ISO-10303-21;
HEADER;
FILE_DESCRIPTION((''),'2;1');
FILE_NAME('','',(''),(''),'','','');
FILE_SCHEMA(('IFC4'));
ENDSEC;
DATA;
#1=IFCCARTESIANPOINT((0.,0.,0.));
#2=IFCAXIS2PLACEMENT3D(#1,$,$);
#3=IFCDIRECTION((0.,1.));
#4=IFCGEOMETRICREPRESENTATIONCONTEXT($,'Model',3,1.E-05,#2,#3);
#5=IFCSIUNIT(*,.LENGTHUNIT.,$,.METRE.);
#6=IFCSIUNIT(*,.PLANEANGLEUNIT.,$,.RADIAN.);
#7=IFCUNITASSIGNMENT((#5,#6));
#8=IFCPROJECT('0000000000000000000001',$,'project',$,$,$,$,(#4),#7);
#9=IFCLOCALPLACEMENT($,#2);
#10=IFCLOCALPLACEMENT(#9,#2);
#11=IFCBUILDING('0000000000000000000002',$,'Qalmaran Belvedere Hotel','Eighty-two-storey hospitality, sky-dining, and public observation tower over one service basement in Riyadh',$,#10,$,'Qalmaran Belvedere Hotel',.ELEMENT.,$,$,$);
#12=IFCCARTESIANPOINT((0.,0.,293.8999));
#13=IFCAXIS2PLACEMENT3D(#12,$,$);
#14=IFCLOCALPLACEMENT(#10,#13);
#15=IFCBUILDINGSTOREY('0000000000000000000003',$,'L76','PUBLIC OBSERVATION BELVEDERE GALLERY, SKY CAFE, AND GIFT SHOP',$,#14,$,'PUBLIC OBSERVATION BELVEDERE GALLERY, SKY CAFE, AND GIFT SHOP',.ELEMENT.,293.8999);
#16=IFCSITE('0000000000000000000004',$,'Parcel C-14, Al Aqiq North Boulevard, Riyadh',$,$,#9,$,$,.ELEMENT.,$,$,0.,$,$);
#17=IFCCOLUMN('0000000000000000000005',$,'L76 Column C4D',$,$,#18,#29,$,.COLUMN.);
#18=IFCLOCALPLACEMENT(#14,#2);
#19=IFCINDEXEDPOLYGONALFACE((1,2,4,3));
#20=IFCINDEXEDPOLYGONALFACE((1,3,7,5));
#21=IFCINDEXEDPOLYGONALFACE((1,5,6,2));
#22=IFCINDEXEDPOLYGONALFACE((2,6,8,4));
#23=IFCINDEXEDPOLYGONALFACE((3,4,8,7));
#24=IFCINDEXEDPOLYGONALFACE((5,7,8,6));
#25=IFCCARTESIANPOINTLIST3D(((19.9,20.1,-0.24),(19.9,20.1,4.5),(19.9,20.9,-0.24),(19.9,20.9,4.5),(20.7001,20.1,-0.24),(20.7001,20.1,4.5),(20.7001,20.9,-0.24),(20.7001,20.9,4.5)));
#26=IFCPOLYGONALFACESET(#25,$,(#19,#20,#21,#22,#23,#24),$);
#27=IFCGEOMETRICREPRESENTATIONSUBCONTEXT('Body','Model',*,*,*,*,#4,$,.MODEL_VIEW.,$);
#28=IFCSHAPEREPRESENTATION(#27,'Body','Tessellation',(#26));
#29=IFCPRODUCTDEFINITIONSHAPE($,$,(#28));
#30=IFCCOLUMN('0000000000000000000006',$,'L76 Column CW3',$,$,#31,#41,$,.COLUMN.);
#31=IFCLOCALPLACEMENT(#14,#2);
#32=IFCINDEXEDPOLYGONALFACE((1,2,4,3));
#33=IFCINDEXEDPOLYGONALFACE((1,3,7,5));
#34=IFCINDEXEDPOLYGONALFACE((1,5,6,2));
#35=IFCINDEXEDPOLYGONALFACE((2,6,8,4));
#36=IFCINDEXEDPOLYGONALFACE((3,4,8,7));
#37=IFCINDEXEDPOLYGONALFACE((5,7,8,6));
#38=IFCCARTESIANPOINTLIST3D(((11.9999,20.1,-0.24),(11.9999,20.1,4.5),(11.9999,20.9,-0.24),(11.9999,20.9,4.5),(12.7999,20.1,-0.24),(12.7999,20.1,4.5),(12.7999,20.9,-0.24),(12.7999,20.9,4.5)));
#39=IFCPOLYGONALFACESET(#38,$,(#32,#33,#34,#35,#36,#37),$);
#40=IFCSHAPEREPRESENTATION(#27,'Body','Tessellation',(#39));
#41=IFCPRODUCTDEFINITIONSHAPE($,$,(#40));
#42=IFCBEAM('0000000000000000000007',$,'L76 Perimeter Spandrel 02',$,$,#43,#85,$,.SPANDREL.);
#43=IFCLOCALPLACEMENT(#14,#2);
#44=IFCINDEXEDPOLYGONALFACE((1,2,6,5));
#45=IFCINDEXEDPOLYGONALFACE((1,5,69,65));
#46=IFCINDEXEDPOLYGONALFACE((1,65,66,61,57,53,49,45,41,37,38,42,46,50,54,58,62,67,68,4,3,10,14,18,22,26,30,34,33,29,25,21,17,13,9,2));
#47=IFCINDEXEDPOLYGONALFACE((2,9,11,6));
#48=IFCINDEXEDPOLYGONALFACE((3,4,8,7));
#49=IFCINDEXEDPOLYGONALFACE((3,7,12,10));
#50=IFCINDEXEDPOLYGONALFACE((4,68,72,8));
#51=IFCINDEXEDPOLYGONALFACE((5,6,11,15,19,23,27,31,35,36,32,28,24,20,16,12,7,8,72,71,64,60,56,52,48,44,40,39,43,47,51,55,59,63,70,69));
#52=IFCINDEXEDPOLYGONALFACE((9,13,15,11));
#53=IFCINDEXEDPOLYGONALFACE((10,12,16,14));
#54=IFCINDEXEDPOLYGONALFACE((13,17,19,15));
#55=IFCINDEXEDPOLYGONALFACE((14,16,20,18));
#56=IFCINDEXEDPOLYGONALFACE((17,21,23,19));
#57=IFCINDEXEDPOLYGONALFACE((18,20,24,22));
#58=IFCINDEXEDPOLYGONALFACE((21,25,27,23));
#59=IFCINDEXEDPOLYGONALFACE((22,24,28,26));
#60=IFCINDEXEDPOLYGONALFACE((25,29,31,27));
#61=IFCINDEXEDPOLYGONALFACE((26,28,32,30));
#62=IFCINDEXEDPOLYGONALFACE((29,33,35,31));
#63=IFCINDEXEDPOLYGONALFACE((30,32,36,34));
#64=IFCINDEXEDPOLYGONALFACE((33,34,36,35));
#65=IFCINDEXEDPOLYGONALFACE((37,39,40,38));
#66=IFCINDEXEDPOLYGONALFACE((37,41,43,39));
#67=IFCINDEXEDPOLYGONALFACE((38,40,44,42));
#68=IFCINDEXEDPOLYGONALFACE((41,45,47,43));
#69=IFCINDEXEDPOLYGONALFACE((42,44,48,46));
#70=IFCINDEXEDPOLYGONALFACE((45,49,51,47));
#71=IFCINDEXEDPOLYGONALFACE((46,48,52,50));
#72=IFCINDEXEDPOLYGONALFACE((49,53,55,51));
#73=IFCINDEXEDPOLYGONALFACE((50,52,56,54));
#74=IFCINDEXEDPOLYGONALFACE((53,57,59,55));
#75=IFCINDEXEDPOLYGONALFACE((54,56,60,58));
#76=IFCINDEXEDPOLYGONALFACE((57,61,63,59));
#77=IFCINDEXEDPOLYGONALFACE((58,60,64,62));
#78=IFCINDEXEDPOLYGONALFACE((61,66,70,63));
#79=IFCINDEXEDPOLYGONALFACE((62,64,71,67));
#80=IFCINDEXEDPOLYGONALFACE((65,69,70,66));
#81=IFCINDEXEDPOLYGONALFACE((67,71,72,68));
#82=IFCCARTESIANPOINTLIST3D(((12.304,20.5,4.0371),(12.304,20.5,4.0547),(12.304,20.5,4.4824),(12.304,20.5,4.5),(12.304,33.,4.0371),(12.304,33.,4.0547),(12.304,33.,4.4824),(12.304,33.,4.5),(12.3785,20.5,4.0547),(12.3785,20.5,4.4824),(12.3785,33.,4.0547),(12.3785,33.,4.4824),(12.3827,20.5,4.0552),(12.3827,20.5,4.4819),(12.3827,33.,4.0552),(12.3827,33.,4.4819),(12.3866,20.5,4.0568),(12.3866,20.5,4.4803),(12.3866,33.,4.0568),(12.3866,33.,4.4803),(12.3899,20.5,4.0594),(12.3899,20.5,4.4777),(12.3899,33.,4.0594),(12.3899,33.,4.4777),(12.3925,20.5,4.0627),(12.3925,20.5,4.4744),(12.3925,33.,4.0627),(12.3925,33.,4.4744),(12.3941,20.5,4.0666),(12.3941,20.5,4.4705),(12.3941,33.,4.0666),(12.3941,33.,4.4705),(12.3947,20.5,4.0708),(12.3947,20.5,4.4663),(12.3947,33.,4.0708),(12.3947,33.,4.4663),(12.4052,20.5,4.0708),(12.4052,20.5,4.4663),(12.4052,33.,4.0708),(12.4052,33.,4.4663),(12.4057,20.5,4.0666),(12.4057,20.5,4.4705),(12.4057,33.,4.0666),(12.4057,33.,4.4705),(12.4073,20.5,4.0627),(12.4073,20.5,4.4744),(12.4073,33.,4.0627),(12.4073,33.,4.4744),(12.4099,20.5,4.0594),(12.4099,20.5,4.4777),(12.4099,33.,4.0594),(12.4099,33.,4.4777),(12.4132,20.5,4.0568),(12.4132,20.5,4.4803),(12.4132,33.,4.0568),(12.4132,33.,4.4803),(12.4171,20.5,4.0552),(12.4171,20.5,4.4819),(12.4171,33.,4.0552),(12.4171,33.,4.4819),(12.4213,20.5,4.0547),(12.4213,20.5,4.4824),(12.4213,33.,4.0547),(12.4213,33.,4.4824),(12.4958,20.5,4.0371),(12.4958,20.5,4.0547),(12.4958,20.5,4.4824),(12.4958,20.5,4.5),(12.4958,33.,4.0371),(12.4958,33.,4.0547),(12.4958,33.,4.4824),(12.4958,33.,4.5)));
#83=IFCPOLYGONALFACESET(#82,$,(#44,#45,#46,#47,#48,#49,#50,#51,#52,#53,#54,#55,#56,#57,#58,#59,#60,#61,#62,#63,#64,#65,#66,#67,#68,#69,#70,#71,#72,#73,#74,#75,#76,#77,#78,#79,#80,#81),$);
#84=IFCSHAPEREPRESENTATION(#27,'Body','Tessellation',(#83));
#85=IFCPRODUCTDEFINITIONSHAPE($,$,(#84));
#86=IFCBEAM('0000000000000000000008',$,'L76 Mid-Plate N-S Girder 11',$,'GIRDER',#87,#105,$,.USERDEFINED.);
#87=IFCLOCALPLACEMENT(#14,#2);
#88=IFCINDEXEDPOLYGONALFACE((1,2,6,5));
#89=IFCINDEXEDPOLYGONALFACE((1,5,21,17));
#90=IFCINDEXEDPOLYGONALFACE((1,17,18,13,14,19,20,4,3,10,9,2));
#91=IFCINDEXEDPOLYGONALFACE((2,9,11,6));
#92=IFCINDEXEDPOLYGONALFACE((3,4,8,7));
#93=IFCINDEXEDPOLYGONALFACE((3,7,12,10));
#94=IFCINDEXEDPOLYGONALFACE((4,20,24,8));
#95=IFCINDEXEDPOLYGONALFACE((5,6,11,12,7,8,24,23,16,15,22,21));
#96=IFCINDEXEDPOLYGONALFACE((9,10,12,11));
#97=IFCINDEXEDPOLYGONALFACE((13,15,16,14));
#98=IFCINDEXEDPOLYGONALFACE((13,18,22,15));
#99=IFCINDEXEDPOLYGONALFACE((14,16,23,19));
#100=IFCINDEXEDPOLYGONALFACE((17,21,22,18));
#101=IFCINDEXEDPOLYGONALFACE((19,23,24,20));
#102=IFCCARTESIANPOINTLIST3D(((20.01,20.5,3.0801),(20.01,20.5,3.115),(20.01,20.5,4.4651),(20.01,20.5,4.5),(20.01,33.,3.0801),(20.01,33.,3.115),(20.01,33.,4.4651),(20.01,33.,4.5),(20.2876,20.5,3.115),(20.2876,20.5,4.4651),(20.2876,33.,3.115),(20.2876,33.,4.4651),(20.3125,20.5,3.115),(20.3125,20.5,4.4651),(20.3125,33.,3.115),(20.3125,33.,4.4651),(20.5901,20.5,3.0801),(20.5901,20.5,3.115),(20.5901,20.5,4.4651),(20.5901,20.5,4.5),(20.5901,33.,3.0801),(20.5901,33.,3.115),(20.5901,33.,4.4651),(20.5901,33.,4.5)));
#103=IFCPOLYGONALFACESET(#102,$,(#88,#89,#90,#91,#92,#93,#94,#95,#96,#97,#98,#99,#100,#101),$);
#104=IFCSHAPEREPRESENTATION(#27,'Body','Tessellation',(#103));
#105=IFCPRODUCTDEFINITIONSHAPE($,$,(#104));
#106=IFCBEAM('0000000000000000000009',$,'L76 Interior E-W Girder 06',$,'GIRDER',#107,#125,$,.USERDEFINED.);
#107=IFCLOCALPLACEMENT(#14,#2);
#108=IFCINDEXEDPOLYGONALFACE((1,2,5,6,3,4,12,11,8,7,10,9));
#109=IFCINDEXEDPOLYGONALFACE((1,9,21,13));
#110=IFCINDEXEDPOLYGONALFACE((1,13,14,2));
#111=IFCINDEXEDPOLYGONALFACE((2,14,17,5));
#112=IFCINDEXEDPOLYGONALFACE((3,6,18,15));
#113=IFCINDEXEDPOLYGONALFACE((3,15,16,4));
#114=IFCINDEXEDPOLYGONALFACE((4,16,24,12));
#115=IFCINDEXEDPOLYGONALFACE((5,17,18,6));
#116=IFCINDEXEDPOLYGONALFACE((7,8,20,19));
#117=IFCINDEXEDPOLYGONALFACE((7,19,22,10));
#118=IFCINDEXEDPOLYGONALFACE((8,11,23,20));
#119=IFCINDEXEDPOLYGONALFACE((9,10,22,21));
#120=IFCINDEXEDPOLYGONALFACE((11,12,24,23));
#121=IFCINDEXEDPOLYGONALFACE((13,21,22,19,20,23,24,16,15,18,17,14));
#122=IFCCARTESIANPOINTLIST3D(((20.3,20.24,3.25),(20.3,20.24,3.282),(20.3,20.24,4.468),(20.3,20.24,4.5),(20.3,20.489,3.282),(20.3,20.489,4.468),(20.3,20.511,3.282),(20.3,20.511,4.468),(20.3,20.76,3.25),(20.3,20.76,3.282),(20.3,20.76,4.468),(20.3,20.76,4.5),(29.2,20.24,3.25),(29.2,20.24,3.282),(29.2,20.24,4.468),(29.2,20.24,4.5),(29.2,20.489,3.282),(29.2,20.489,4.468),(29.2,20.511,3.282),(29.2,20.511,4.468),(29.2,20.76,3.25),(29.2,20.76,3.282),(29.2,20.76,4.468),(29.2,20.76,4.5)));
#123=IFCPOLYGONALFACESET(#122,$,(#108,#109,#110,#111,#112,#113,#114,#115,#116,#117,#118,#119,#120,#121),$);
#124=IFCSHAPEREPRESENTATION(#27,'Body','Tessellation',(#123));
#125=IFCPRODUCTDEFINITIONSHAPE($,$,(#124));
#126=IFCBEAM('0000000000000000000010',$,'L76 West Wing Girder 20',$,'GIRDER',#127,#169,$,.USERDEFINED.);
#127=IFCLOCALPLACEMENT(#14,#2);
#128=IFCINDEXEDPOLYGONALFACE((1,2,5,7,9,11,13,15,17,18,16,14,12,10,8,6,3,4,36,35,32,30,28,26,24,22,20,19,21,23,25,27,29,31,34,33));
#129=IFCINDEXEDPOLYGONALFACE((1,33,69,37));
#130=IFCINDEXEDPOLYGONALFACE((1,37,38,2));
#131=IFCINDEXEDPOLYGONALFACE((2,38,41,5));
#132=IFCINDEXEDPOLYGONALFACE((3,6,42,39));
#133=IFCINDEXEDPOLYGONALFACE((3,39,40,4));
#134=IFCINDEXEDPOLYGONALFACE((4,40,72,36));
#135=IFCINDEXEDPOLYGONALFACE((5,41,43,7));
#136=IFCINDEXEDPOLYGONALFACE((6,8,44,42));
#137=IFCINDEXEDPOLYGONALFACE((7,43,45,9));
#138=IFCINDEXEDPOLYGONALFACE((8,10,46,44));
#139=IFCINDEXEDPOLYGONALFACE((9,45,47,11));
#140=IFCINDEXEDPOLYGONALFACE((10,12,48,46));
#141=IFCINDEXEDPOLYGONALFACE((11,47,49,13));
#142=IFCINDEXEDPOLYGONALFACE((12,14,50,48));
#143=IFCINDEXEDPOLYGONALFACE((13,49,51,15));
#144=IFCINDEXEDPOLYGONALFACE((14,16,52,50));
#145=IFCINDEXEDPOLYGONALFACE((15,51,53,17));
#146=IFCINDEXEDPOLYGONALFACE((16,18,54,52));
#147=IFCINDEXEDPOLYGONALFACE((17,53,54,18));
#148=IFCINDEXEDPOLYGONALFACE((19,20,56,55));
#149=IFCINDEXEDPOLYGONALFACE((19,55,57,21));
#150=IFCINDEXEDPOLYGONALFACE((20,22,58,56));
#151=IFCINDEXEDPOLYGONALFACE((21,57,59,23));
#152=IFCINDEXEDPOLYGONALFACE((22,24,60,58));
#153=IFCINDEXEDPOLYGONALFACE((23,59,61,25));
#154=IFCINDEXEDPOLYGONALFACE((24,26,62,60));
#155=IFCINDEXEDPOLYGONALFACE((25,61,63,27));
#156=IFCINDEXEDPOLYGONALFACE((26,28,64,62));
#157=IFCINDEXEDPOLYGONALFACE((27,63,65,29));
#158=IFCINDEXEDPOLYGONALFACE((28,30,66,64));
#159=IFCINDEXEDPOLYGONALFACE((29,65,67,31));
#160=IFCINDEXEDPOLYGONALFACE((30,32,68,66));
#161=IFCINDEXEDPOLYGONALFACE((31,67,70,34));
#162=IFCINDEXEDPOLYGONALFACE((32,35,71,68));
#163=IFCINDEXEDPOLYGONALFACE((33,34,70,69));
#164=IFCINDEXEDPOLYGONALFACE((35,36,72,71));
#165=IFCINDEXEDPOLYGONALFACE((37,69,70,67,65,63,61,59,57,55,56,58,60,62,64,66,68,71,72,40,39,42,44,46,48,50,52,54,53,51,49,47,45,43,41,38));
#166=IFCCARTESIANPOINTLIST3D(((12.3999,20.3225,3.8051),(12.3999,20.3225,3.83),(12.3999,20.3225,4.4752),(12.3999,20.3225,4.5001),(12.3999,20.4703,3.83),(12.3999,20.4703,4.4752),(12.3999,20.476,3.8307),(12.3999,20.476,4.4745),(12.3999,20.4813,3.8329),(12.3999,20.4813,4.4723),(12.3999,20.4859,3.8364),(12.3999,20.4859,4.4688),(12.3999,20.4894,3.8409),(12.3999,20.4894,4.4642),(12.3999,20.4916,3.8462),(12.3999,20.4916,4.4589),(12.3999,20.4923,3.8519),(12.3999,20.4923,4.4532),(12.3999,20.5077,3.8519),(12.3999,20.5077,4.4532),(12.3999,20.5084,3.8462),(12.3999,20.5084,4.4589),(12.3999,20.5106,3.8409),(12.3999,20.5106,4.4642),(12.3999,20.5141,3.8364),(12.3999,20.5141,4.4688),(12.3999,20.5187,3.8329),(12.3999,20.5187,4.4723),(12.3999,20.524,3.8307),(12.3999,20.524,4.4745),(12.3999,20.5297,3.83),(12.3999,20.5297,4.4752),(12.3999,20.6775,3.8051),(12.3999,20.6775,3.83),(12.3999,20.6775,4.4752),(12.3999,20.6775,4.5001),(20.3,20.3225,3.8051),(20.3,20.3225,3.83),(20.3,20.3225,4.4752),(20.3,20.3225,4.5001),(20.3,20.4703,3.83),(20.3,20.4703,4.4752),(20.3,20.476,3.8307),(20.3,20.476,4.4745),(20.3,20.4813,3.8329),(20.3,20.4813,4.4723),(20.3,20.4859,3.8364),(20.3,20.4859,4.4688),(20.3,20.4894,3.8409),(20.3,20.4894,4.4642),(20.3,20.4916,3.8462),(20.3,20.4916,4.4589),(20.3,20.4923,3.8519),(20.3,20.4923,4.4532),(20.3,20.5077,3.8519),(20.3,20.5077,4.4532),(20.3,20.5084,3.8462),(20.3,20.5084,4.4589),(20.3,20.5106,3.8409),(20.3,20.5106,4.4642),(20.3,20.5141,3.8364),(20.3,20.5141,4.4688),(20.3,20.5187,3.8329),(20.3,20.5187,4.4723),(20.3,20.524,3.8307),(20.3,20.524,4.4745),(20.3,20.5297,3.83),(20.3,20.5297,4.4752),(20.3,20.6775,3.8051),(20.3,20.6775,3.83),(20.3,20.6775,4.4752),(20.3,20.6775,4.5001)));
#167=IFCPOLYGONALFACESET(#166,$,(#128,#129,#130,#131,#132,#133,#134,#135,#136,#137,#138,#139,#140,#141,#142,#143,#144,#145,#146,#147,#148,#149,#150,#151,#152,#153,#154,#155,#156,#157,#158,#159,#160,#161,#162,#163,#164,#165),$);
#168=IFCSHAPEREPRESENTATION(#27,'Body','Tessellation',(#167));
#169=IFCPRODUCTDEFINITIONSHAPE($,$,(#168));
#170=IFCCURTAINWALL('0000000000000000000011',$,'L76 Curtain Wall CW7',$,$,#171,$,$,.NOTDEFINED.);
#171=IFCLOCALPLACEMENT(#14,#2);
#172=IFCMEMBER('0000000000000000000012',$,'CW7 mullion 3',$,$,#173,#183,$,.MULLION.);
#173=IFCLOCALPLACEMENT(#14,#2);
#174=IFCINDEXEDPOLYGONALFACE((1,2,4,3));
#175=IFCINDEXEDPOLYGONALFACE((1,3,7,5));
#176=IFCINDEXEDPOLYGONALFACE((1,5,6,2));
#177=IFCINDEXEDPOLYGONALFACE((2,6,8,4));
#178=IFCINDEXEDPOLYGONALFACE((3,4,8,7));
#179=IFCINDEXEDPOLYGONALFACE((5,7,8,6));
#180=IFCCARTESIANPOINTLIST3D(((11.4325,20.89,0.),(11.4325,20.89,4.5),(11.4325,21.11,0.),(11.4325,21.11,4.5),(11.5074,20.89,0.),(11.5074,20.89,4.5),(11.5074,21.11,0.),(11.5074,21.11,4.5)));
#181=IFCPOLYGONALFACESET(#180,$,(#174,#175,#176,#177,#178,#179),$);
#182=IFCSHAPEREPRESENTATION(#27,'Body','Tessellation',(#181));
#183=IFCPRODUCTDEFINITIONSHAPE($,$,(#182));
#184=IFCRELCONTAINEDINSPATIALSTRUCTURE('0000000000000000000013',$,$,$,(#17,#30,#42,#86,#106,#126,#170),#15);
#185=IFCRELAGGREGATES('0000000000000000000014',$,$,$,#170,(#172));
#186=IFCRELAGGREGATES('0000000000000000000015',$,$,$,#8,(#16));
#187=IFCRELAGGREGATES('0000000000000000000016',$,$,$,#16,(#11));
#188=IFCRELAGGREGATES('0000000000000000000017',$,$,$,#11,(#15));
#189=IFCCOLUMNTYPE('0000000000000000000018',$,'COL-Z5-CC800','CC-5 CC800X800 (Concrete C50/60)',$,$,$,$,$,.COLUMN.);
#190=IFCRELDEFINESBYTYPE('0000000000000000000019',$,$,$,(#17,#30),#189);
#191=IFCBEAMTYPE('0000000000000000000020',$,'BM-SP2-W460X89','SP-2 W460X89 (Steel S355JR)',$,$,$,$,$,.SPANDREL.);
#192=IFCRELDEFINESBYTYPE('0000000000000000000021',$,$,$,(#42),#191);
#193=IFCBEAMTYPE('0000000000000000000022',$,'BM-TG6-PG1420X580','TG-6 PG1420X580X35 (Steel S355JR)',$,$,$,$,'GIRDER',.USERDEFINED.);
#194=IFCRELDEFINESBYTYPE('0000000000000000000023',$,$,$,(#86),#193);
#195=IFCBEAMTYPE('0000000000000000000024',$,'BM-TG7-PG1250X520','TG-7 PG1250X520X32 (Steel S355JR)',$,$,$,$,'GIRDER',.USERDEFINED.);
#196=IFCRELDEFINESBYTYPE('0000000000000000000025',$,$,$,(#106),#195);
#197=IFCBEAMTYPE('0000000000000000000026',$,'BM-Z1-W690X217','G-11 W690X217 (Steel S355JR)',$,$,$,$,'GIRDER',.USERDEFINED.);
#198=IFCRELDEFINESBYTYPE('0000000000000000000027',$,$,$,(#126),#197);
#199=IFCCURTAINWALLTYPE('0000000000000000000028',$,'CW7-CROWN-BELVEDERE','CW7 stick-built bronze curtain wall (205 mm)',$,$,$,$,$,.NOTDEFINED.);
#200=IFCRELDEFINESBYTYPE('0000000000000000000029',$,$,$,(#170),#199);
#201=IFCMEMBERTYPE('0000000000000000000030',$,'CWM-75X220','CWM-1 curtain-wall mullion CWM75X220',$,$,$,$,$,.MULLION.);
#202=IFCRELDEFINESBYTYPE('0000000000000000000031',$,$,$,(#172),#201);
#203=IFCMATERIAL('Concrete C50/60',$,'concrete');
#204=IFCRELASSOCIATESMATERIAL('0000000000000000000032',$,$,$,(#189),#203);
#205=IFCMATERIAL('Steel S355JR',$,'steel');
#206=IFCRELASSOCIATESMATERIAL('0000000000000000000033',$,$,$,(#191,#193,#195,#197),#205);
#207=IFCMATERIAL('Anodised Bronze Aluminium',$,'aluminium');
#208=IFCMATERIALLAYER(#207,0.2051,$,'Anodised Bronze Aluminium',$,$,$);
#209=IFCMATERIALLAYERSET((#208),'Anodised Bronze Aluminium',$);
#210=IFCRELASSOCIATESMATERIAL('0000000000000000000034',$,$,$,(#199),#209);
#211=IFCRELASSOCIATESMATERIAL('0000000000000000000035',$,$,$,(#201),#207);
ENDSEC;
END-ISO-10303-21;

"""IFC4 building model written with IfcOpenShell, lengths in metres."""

from ifc_helpers import new_model, si_unit, direction, frame, origin, origin_2d, place, context, subcontext, project, spatial, rectangle, i_section, extrude, material, layer, layer_set, material_profile, profile_set, type_object, element, aggregate, save


model = new_model("IFC4")

# Units and contexts
model_context = context("Model", 3, precision=1e-05, world=origin(), true_north=direction((0.0, 1.0)))
body_context = subcontext(model_context, "Body", "Model", "MODEL_VIEW")
ifc_project = project(units=[si_unit("LENGTHUNIT", "METRE"), si_unit("PLANEANGLEUNIT", "RADIAN")], contexts=[model_context])

# Site, building, storey
site_placement = place(None, origin())
site = spatial("IfcSite", under=ifc_project, at=site_placement, Name="Parcel C-14, Al Aqiq North Boulevard, Riyadh", CompositionType="ELEMENT", RefElevation=0.0)
building_placement = place(site_placement, origin())
building = spatial("IfcBuilding", under=site, at=building_placement, Name="Qalmaran Belvedere Hotel", Description="Eighty-two-storey hospitality, sky-dining, and public observation tower over one service basement in Riyadh", LongName="Qalmaran Belvedere Hotel", CompositionType="ELEMENT")
storey_placement = place(building_placement, frame((0.0, 0.0, 293.8999)))
storey = spatial("IfcBuildingStorey", under=building, at=storey_placement, Name="L76", Description="PUBLIC OBSERVATION BELVEDERE GALLERY, SKY CAFE, AND GIFT SHOP", LongName="PUBLIC OBSERVATION BELVEDERE GALLERY, SKY CAFE, AND GIFT SHOP", CompositionType="ELEMENT", Elevation=293.8999)

# Columns
ifc_material_1 = material(Name="Concrete C50/60", Category="concrete")
ifc_material_profile_1 = material_profile(ifc_material_1, rectangle(XDim=0.8, YDim=0.8, at=origin_2d()), Name="CC800X800")
ifc_profile_set_1 = profile_set([ifc_material_profile_1], Name="Concrete C50/60")
column_type = type_object("IfcColumnType", Name="COL-Z5-CC800", Description="CC-5 CC800X800 (Concrete C50/60)", PredefinedType="COLUMN", material=ifc_profile_set_1)
for number, where, z_axis, x_axis, name in (
    (1, (20.3, 20.5, -0.24), (0.0, 0.0, 1.0), (1.0, 0.0, 0.0), "L76 Column C4D"),
    (2, (12.3999, 20.5, -0.24), (0.0, 0.0, 1.0), (1.0, 0.0, 0.0), "L76 Column CW3"),
):
    element("IfcColumn", number, at=place(storey_placement, frame(where, z_axis=z_axis, x_axis=x_axis)), inside=storey, type_object=column_type, Name=name, PredefinedType="COLUMN", context=body_context, shape_type="SweptSolid", body=[
        extrude(rectangle(XDim=0.8, YDim=0.8, at=origin_2d()), origin(), (0.0, 0.0, 1.0), 4.74),
    ])

# Beams
ifc_material_2 = material(Name="Steel S355JR", Category="steel")
ifc_material_profile_2 = material_profile(ifc_material_2, i_section(OverallWidth=0.1919, OverallDepth=0.4629, WebThickness=0.0105, FlangeThickness=0.0176, FilletRadius=0.0161, at=origin_2d()), Name="W460X89")
ifc_profile_set_2 = profile_set([ifc_material_profile_2], Name="Steel S355JR")
beam_type_1 = type_object("IfcBeamType", Name="BM-SP2-W460X89", Description="SP-2 W460X89 (Steel S355JR)", PredefinedType="SPANDREL", material=ifc_profile_set_2)
beam_1_placement = place(storey_placement, frame((12.3999, 20.5, 4.2686), z_axis=(0.0, 1.0, 0.0), x_axis=(-1.0, 0.0, 0.0)))
element("IfcBeam", 3, at=beam_1_placement, inside=storey, type_object=beam_type_1, Name="L76 Perimeter Spandrel 02", PredefinedType="SPANDREL", context=body_context, shape_type="SweptSolid", body=[
    extrude(i_section(OverallWidth=0.1919, OverallDepth=0.4629, WebThickness=0.0105, FlangeThickness=0.0176, FilletRadius=0.0161, at=origin_2d()), origin(), (0.0, 0.0, 1.0), 12.5),
])
ifc_material_profile_3 = material_profile(ifc_material_2, i_section(OverallWidth=0.5801, OverallDepth=1.4199, WebThickness=0.0249, FlangeThickness=0.0349, at=origin_2d()), Name="PG1420X580X35")
ifc_profile_set_3 = profile_set([ifc_material_profile_3], Name="Steel S355JR")
beam_type_2 = type_object("IfcBeamType", Name="BM-TG6-PG1420X580", Description="TG-6 PG1420X580X35 (Steel S355JR)", ElementType="GIRDER", PredefinedType="USERDEFINED", material=ifc_profile_set_3)
beam_2_placement = place(storey_placement, frame((20.3, 20.5, 3.79), z_axis=(0.0, 1.0, 0.0), x_axis=(-1.0, 0.0, 0.0)))
element("IfcBeam", 4, at=beam_2_placement, inside=storey, type_object=beam_type_2, Name="L76 Mid-Plate N-S Girder 11", ObjectType="GIRDER", PredefinedType="USERDEFINED", context=body_context, shape_type="SweptSolid", body=[
    extrude(i_section(OverallWidth=0.5801, OverallDepth=1.4199, WebThickness=0.0249, FlangeThickness=0.0349, at=origin_2d()), origin(), (0.0, 0.0, 1.0), 12.5),
])
ifc_material_profile_4 = material_profile(ifc_material_2, i_section(OverallWidth=0.52, OverallDepth=1.25, WebThickness=0.022, FlangeThickness=0.032, at=origin_2d()), Name="PG1250X520X32")
ifc_profile_set_4 = profile_set([ifc_material_profile_4], Name="Steel S355JR")
beam_type_3 = type_object("IfcBeamType", Name="BM-TG7-PG1250X520", Description="TG-7 PG1250X520X32 (Steel S355JR)", ElementType="GIRDER", PredefinedType="USERDEFINED", material=ifc_profile_set_4)
beam_3_placement = place(storey_placement, frame((20.3, 20.5, 3.875), z_axis=(1.0, 0.0, 0.0), x_axis=(0.0, 1.0, 0.0)))
element("IfcBeam", 5, at=beam_3_placement, inside=storey, type_object=beam_type_3, Name="L76 Interior E-W Girder 06", ObjectType="GIRDER", PredefinedType="USERDEFINED", context=body_context, shape_type="SweptSolid", body=[
    extrude(i_section(OverallWidth=0.52, OverallDepth=1.25, WebThickness=0.022, FlangeThickness=0.032, at=origin_2d()), origin(), (0.0, 0.0, 1.0), 8.8999),
])
ifc_material_profile_5 = material_profile(ifc_material_2, i_section(OverallWidth=0.355, OverallDepth=0.6951, WebThickness=0.0154, FlangeThickness=0.0249, FilletRadius=0.022, at=origin_2d()), Name="W690X217")
ifc_profile_set_5 = profile_set([ifc_material_profile_5], Name="Steel S355JR")
beam_type_4 = type_object("IfcBeamType", Name="BM-Z1-W690X217", Description="G-11 W690X217 (Steel S355JR)", ElementType="GIRDER", PredefinedType="USERDEFINED", material=ifc_profile_set_5)
beam_4_placement = place(storey_placement, frame((12.3999, 20.5, 4.1526), z_axis=(1.0, 0.0, 0.0), x_axis=(0.0, 1.0, 0.0)))
element("IfcBeam", 6, at=beam_4_placement, inside=storey, type_object=beam_type_4, Name="L76 West Wing Girder 20", ObjectType="GIRDER", PredefinedType="USERDEFINED", context=body_context, shape_type="SweptSolid", body=[
    extrude(i_section(OverallWidth=0.355, OverallDepth=0.6951, WebThickness=0.0154, FlangeThickness=0.0249, FilletRadius=0.022, at=origin_2d()), origin(), (0.0, 0.0, 1.0), 7.9001),
])

# Curtain wall, member
ifc_material_3 = material(Name="Anodised Bronze Aluminium", Category="aluminium")
ifc_layer_1 = layer(ifc_material_3, 0.2051, Name="Anodised Bronze Aluminium")
ifc_layer_set_1 = layer_set([ifc_layer_1], Name="Anodised Bronze Aluminium")
curtain_wall_type = type_object("IfcCurtainWallType", Name="CW7-CROWN-BELVEDERE", Description="CW7 stick-built bronze curtain wall (205 mm)", PredefinedType="NOTDEFINED", material=ifc_layer_set_1)
curtain_wall_placement = place(storey_placement, origin())
curtain_wall = element("IfcCurtainWall", 7, at=curtain_wall_placement, inside=storey, type_object=curtain_wall_type, Name="L76 Curtain Wall CW7", PredefinedType="NOTDEFINED")
ifc_material_profile_6 = material_profile(ifc_material_3, rectangle(XDim=0.075, YDim=0.22, at=origin_2d()), Name="CWM75X220")
ifc_profile_set_6 = profile_set([ifc_material_profile_6], Name="Anodised Bronze Aluminium")
member_type_1 = type_object("IfcMemberType", Name="CWM-75X220", Description="CWM-1 curtain-wall mullion CWM75X220", PredefinedType="MULLION", material=ifc_profile_set_6)
member_1_placement = place(storey_placement, frame((11.47, 21.0, 0.0), z_axis=(0.0, 0.0, 1.0), x_axis=(1.0, 0.0, 0.0)))
member_1 = element("IfcMember", 8, at=member_1_placement, type_object=member_type_1, Name="CW7 mullion 3", PredefinedType="MULLION", context=body_context, shape_type="SweptSolid", body=[
    extrude(rectangle(XDim=0.075, YDim=0.22, at=origin_2d()), origin(), (0.0, 0.0, 1.0), 4.5),
])
aggregate(curtain_wall, [member_1])

save(model, "model.ifc")
